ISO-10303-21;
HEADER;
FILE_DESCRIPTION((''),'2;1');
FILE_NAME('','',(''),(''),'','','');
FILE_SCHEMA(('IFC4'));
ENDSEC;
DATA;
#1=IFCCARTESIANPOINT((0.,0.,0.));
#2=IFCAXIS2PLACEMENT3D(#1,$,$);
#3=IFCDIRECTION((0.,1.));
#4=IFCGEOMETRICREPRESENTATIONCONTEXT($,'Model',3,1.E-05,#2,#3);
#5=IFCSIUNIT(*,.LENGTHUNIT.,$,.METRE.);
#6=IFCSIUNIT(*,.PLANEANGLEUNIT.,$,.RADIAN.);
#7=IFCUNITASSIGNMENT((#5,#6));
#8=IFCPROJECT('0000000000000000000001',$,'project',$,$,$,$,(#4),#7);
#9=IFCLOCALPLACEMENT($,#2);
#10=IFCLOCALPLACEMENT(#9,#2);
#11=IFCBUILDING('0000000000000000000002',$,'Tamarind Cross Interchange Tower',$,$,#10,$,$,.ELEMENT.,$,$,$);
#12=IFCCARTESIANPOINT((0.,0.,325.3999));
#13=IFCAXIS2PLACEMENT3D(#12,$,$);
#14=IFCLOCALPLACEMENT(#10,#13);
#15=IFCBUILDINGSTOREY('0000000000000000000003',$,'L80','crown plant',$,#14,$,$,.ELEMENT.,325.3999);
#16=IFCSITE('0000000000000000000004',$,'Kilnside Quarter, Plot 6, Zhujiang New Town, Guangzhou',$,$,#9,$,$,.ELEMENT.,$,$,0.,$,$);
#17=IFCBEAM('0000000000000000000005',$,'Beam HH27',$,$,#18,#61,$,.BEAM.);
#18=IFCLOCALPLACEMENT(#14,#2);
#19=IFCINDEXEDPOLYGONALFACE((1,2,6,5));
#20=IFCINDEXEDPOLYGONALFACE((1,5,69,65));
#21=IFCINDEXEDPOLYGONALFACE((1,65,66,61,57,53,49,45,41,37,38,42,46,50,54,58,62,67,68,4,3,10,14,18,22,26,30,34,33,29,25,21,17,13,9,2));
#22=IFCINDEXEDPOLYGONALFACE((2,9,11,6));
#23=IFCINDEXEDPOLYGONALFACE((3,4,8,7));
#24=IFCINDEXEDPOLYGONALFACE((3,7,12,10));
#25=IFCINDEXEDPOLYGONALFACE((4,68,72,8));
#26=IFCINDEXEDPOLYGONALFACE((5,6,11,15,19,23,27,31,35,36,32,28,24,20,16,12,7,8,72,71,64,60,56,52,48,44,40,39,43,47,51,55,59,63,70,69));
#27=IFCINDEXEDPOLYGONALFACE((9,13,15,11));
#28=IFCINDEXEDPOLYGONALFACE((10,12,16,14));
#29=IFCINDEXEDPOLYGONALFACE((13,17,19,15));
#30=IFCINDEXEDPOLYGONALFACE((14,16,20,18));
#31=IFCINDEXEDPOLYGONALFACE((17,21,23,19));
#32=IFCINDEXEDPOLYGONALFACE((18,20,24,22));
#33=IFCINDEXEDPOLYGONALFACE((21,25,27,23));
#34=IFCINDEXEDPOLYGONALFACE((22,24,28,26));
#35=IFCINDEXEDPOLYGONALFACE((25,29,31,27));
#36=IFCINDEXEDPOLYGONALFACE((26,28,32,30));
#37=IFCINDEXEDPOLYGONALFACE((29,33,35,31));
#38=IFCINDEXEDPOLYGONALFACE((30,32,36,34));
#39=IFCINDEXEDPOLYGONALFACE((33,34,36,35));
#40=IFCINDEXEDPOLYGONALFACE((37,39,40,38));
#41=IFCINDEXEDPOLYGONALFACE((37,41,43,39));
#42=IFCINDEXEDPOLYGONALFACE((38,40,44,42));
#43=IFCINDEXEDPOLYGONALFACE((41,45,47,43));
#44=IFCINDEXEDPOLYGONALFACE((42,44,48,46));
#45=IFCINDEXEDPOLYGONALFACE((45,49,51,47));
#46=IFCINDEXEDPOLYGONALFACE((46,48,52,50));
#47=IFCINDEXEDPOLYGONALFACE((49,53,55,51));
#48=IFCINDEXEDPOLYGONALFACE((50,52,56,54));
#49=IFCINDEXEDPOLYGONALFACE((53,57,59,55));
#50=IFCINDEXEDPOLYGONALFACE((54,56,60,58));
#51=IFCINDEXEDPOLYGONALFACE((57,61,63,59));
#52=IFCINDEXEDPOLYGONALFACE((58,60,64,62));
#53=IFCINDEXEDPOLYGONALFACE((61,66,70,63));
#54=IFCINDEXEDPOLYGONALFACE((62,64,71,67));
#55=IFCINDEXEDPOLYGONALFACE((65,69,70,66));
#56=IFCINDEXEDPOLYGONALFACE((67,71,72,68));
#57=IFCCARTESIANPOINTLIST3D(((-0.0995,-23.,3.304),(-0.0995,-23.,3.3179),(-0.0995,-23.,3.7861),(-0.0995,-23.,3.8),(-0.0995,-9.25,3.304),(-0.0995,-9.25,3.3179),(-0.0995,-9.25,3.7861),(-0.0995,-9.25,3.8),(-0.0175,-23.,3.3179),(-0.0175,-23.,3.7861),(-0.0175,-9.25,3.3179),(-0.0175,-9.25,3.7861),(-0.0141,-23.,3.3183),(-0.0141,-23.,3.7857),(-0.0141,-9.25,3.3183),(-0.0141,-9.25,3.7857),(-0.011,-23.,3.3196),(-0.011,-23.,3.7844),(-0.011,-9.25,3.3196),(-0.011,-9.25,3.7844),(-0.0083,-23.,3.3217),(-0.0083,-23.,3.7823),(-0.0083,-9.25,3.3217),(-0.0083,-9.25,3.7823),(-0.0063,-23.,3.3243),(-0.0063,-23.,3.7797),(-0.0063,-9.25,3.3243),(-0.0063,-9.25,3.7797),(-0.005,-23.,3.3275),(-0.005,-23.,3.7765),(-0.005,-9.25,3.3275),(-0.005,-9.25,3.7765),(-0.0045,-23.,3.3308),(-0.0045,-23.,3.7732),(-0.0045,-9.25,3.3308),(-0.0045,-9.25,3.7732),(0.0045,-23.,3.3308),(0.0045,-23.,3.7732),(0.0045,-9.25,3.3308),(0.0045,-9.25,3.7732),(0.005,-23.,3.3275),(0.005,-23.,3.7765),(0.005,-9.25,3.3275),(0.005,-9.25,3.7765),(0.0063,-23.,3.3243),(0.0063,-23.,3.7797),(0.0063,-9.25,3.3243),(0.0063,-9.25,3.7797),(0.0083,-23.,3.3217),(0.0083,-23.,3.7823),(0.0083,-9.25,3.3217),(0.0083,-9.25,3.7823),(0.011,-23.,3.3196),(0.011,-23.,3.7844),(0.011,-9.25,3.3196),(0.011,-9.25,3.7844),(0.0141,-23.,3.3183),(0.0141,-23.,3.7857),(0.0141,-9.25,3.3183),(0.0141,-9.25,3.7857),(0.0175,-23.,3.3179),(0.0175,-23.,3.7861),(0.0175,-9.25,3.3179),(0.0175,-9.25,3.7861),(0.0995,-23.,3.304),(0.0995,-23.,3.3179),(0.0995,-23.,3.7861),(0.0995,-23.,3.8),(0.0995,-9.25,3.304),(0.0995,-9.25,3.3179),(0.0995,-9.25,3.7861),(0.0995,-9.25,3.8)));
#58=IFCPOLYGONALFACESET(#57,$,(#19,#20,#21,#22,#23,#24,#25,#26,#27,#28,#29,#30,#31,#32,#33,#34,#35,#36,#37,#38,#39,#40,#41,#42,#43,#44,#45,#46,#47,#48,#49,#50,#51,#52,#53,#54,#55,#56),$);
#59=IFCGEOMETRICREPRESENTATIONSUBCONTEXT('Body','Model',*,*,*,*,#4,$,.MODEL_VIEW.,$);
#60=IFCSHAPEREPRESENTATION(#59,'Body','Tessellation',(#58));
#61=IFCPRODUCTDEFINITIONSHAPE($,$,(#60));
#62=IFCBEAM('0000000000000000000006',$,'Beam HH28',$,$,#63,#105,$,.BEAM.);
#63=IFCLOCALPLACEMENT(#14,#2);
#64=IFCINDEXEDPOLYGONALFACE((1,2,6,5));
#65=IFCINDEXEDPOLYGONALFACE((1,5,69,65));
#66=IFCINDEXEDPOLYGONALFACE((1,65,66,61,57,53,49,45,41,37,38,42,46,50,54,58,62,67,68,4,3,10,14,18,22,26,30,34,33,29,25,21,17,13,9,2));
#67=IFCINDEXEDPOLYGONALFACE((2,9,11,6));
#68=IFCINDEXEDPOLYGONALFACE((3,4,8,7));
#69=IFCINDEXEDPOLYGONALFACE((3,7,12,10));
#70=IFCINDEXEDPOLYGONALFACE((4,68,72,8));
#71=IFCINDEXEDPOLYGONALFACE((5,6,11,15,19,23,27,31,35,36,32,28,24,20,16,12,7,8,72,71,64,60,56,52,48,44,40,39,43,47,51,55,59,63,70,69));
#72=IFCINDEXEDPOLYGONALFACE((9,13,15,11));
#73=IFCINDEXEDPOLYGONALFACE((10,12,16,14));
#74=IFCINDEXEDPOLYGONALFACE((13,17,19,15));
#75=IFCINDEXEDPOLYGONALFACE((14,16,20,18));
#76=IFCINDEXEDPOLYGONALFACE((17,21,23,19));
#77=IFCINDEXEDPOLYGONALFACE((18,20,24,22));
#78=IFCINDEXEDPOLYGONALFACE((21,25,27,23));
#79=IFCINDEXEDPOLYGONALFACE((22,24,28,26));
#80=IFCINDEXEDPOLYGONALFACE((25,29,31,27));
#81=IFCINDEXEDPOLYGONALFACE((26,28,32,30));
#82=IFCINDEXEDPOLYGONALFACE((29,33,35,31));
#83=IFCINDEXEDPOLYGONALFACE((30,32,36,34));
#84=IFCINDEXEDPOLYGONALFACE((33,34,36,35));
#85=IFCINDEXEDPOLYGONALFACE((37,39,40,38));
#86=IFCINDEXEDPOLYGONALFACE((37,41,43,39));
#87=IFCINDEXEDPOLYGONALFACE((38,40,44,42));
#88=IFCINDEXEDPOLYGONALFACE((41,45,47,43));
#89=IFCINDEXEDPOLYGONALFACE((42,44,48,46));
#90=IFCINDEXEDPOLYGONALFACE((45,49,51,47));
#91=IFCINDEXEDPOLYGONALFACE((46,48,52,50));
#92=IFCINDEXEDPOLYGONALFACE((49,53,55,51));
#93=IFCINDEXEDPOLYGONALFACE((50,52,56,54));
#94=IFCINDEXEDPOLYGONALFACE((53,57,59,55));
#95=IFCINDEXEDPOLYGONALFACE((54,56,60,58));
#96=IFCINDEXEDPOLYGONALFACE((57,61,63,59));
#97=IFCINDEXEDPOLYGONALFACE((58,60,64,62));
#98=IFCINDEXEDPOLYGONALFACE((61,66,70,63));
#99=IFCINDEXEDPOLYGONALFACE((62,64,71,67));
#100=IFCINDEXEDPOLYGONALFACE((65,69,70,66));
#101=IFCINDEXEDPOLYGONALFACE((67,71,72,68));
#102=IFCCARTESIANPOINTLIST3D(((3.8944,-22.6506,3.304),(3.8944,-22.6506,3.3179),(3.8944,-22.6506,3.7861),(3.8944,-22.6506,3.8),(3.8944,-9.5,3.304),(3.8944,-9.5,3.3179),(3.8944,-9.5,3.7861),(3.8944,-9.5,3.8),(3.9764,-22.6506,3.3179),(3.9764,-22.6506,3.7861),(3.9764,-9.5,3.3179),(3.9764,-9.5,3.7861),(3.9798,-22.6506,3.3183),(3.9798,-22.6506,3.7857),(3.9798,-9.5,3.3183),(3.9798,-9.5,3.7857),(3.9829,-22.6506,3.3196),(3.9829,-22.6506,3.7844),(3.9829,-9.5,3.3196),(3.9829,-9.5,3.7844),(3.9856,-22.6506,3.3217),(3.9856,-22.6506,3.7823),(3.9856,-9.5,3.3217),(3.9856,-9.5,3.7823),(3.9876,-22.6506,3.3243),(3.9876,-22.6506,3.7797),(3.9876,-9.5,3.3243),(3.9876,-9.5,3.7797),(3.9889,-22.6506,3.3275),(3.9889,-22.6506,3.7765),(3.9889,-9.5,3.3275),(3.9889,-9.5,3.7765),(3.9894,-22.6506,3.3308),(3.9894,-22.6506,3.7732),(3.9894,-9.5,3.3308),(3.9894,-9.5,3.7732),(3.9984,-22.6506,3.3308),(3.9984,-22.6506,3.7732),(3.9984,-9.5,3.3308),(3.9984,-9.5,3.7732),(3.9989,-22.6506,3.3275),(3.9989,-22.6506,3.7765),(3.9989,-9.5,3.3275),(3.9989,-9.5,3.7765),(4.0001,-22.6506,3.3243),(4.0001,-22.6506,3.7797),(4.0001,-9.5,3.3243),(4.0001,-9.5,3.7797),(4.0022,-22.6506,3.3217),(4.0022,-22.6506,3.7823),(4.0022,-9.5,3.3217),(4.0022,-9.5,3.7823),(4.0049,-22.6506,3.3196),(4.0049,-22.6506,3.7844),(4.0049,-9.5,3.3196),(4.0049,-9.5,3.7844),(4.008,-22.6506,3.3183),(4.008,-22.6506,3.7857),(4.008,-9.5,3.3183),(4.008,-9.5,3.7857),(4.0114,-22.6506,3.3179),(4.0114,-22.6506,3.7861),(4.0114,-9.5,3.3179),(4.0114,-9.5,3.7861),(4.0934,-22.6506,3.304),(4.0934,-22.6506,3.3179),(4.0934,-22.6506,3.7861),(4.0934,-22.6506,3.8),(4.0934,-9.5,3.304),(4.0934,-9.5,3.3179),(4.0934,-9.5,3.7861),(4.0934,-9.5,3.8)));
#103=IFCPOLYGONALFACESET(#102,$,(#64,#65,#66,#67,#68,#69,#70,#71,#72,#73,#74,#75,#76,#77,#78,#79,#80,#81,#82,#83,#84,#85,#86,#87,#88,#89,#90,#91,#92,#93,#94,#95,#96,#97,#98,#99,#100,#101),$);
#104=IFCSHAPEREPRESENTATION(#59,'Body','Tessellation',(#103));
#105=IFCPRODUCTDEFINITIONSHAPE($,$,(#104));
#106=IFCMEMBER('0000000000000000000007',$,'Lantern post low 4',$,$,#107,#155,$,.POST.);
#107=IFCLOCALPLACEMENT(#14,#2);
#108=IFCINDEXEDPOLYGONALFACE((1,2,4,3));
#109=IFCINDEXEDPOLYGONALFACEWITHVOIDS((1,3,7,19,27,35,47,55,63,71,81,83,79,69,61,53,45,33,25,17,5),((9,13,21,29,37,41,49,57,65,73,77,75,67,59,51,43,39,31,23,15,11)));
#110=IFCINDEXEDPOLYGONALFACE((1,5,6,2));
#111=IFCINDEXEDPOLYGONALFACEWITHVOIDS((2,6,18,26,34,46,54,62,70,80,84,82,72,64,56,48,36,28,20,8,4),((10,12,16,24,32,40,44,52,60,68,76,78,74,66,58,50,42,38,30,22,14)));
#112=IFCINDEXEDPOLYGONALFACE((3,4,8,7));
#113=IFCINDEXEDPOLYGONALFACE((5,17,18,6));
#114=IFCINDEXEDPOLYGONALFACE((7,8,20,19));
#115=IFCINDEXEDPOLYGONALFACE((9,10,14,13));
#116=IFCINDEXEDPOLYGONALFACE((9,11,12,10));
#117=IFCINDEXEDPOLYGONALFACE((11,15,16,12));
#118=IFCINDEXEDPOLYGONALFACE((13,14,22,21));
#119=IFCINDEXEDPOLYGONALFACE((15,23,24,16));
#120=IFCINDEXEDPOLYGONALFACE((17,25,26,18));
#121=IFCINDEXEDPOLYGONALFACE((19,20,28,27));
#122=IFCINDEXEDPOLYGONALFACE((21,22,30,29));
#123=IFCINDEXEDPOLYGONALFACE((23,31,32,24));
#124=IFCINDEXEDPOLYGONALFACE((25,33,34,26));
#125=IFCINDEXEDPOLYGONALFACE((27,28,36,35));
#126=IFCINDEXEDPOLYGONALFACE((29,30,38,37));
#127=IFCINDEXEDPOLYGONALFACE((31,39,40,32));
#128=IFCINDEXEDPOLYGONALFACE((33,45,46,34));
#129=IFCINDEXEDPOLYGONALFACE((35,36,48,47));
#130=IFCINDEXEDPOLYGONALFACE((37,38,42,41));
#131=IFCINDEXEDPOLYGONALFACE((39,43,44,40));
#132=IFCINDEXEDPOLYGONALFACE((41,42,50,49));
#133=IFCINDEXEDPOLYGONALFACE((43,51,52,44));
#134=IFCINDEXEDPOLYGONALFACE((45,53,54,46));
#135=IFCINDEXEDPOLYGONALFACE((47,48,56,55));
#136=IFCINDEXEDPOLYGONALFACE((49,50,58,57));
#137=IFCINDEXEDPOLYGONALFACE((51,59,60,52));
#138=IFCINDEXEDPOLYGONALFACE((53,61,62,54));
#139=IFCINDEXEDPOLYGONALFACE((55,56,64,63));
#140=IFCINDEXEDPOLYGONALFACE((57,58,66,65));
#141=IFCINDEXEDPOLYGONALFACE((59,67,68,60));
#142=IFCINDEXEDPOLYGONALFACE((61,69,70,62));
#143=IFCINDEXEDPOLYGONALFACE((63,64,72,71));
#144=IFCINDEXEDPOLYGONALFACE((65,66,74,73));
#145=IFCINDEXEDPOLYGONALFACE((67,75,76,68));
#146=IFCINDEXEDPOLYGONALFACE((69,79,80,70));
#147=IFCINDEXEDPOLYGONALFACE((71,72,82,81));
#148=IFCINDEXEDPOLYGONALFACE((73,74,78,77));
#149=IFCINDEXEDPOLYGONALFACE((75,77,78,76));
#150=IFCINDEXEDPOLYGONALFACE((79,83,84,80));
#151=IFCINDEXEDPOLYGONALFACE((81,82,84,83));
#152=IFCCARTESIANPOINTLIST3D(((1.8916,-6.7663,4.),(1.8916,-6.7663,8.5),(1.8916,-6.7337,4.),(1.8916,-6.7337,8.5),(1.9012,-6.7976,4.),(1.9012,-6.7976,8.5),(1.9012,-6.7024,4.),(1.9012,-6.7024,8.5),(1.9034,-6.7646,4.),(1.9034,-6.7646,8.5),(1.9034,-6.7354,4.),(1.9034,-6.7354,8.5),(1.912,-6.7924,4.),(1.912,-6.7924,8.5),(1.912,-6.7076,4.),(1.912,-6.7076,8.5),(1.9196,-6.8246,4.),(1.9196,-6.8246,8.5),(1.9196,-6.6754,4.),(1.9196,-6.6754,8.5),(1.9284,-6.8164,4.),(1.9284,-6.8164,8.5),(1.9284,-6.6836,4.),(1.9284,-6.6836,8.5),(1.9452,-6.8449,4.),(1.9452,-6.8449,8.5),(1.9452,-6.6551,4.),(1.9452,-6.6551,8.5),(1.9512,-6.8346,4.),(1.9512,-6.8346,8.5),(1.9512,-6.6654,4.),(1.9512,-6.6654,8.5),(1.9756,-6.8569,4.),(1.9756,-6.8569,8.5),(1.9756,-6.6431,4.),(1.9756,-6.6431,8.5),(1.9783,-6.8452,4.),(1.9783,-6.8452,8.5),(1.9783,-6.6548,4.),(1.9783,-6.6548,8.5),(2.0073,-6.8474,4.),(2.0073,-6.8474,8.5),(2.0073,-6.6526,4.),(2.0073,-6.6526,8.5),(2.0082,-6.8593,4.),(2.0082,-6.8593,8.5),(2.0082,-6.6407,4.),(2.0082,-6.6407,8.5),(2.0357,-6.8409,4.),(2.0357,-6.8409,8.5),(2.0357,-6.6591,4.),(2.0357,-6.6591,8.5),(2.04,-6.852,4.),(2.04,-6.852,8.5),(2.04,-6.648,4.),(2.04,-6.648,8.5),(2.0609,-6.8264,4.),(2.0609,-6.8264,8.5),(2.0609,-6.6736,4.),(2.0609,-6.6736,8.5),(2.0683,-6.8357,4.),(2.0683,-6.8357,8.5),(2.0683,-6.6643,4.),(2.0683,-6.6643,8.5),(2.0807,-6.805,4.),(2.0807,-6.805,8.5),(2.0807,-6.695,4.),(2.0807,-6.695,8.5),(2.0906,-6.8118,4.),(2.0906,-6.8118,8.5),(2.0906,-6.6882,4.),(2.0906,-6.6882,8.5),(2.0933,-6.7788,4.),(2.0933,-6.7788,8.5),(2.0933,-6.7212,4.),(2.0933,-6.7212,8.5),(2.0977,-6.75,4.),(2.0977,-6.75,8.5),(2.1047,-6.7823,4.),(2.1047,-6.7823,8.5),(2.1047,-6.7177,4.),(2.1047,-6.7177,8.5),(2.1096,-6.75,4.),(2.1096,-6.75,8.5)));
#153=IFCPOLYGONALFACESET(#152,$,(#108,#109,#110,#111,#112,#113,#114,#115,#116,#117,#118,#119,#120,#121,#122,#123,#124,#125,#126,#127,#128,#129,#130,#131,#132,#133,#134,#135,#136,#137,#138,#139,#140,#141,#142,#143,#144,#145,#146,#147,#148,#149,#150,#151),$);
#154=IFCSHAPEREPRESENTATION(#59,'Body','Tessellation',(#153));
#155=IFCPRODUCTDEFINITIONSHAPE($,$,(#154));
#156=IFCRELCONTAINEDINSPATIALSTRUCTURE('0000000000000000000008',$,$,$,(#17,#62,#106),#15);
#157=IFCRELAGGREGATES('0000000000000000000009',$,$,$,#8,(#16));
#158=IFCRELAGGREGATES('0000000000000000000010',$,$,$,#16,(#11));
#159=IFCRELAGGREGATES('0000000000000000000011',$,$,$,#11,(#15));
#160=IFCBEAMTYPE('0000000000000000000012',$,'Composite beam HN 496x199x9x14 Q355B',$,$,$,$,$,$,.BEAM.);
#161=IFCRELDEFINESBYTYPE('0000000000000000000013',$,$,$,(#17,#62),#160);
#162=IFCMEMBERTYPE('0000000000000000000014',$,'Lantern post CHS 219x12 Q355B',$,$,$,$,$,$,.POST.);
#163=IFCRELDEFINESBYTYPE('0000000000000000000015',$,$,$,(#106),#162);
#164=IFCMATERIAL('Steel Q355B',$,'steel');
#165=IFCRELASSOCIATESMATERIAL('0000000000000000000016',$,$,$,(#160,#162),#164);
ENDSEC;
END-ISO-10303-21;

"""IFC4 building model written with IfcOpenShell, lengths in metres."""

from ifc_helpers import new_model, si_unit, direction, frame, origin, origin_2d, place, context, subcontext, project, spatial, hollow_circle, i_section, extrude, material, material_profile, profile_set, type_object, element, save


model = new_model("IFC4")

# Units and contexts
model_context = context("Model", 3, precision=1e-05, world=origin(), true_north=direction((0.0, 1.0)))
body_context = subcontext(model_context, "Body", "Model", "MODEL_VIEW")
ifc_project = project(units=[si_unit("LENGTHUNIT", "METRE"), si_unit("PLANEANGLEUNIT", "RADIAN")], contexts=[model_context])

# Site, building, storey
site_placement = place(None, origin())
site = spatial("IfcSite", under=ifc_project, at=site_placement, Name="Kilnside Quarter, Plot 6, Zhujiang New Town, Guangzhou", CompositionType="ELEMENT", RefElevation=0.0)
building_placement = place(site_placement, origin())
building = spatial("IfcBuilding", under=site, at=building_placement, Name="Tamarind Cross Interchange Tower", CompositionType="ELEMENT")
storey_placement = place(building_placement, frame((0.0, 0.0, 325.3999)))
storey = spatial("IfcBuildingStorey", under=building, at=storey_placement, Name="L80", Description="crown plant", CompositionType="ELEMENT", Elevation=325.3999)

# Beams
ifc_material_1 = material(Name="Steel Q355B", Category="steel")
ifc_material_profile_1 = material_profile(ifc_material_1, i_section(OverallWidth=0.199, OverallDepth=0.4961, WebThickness=0.009, FlangeThickness=0.0139, FilletRadius=0.0129, at=origin_2d()), Name="HN 496x199x9x14")
ifc_profile_set_1 = profile_set([ifc_material_profile_1], Name="Steel Q355B")
beam_type = type_object("IfcBeamType", Name="Composite beam HN 496x199x9x14 Q355B", PredefinedType="BEAM", material=ifc_profile_set_1)
beam_1_placement = place(storey_placement, frame((0.0, -23.0, 3.552), z_axis=(0.0, 1.0, 0.0), x_axis=(-1.0, 0.0, 0.0)))
element("IfcBeam", 1, at=beam_1_placement, inside=storey, type_object=beam_type, Name="Beam HH27", PredefinedType="BEAM", context=body_context, shape_type="SweptSolid", body=[
    extrude(i_section(OverallWidth=0.199, OverallDepth=0.4961, WebThickness=0.009, FlangeThickness=0.0139, FilletRadius=0.0129, at=origin_2d()), origin(), (0.0, 0.0, 1.0), 13.75),
])
beam_2_placement = place(storey_placement, frame((3.9939, -22.6506, 3.552), z_axis=(0.0, 1.0, 0.0), x_axis=(-1.0, 0.0, 0.0)))
element("IfcBeam", 2, at=beam_2_placement, inside=storey, type_object=beam_type, Name="Beam HH28", PredefinedType="BEAM", context=body_context, shape_type="SweptSolid", body=[
    extrude(i_section(OverallWidth=0.199, OverallDepth=0.4961, WebThickness=0.009, FlangeThickness=0.0139, FilletRadius=0.0129, at=origin_2d()), origin(), (0.0, 0.0, 1.0), 13.1506),
])

# Member
ifc_material_profile_2 = material_profile(ifc_material_1, hollow_circle(Radius=0.1096, WallThickness=0.012, at=origin_2d()), Name="CHS 219x12")
ifc_profile_set_2 = profile_set([ifc_material_profile_2], Name="Steel Q355B")
member_type_1 = type_object("IfcMemberType", Name="Lantern post CHS 219x12 Q355B", PredefinedType="POST", material=ifc_profile_set_2)
member_1_placement = place(storey_placement, frame((2.0, -6.75, 4.0), z_axis=(0.0, 0.0, 1.0), x_axis=(1.0, 0.0, 0.0)))
element("IfcMember", 3, at=member_1_placement, inside=storey, type_object=member_type_1, Name="Lantern post low 4", PredefinedType="POST", context=body_context, shape_type="SweptSolid", body=[
    extrude(hollow_circle(Radius=0.1096, WallThickness=0.012, at=origin_2d()), origin(), (0.0, 0.0, 1.0), 4.5),
])

save(model, "model.ifc")
